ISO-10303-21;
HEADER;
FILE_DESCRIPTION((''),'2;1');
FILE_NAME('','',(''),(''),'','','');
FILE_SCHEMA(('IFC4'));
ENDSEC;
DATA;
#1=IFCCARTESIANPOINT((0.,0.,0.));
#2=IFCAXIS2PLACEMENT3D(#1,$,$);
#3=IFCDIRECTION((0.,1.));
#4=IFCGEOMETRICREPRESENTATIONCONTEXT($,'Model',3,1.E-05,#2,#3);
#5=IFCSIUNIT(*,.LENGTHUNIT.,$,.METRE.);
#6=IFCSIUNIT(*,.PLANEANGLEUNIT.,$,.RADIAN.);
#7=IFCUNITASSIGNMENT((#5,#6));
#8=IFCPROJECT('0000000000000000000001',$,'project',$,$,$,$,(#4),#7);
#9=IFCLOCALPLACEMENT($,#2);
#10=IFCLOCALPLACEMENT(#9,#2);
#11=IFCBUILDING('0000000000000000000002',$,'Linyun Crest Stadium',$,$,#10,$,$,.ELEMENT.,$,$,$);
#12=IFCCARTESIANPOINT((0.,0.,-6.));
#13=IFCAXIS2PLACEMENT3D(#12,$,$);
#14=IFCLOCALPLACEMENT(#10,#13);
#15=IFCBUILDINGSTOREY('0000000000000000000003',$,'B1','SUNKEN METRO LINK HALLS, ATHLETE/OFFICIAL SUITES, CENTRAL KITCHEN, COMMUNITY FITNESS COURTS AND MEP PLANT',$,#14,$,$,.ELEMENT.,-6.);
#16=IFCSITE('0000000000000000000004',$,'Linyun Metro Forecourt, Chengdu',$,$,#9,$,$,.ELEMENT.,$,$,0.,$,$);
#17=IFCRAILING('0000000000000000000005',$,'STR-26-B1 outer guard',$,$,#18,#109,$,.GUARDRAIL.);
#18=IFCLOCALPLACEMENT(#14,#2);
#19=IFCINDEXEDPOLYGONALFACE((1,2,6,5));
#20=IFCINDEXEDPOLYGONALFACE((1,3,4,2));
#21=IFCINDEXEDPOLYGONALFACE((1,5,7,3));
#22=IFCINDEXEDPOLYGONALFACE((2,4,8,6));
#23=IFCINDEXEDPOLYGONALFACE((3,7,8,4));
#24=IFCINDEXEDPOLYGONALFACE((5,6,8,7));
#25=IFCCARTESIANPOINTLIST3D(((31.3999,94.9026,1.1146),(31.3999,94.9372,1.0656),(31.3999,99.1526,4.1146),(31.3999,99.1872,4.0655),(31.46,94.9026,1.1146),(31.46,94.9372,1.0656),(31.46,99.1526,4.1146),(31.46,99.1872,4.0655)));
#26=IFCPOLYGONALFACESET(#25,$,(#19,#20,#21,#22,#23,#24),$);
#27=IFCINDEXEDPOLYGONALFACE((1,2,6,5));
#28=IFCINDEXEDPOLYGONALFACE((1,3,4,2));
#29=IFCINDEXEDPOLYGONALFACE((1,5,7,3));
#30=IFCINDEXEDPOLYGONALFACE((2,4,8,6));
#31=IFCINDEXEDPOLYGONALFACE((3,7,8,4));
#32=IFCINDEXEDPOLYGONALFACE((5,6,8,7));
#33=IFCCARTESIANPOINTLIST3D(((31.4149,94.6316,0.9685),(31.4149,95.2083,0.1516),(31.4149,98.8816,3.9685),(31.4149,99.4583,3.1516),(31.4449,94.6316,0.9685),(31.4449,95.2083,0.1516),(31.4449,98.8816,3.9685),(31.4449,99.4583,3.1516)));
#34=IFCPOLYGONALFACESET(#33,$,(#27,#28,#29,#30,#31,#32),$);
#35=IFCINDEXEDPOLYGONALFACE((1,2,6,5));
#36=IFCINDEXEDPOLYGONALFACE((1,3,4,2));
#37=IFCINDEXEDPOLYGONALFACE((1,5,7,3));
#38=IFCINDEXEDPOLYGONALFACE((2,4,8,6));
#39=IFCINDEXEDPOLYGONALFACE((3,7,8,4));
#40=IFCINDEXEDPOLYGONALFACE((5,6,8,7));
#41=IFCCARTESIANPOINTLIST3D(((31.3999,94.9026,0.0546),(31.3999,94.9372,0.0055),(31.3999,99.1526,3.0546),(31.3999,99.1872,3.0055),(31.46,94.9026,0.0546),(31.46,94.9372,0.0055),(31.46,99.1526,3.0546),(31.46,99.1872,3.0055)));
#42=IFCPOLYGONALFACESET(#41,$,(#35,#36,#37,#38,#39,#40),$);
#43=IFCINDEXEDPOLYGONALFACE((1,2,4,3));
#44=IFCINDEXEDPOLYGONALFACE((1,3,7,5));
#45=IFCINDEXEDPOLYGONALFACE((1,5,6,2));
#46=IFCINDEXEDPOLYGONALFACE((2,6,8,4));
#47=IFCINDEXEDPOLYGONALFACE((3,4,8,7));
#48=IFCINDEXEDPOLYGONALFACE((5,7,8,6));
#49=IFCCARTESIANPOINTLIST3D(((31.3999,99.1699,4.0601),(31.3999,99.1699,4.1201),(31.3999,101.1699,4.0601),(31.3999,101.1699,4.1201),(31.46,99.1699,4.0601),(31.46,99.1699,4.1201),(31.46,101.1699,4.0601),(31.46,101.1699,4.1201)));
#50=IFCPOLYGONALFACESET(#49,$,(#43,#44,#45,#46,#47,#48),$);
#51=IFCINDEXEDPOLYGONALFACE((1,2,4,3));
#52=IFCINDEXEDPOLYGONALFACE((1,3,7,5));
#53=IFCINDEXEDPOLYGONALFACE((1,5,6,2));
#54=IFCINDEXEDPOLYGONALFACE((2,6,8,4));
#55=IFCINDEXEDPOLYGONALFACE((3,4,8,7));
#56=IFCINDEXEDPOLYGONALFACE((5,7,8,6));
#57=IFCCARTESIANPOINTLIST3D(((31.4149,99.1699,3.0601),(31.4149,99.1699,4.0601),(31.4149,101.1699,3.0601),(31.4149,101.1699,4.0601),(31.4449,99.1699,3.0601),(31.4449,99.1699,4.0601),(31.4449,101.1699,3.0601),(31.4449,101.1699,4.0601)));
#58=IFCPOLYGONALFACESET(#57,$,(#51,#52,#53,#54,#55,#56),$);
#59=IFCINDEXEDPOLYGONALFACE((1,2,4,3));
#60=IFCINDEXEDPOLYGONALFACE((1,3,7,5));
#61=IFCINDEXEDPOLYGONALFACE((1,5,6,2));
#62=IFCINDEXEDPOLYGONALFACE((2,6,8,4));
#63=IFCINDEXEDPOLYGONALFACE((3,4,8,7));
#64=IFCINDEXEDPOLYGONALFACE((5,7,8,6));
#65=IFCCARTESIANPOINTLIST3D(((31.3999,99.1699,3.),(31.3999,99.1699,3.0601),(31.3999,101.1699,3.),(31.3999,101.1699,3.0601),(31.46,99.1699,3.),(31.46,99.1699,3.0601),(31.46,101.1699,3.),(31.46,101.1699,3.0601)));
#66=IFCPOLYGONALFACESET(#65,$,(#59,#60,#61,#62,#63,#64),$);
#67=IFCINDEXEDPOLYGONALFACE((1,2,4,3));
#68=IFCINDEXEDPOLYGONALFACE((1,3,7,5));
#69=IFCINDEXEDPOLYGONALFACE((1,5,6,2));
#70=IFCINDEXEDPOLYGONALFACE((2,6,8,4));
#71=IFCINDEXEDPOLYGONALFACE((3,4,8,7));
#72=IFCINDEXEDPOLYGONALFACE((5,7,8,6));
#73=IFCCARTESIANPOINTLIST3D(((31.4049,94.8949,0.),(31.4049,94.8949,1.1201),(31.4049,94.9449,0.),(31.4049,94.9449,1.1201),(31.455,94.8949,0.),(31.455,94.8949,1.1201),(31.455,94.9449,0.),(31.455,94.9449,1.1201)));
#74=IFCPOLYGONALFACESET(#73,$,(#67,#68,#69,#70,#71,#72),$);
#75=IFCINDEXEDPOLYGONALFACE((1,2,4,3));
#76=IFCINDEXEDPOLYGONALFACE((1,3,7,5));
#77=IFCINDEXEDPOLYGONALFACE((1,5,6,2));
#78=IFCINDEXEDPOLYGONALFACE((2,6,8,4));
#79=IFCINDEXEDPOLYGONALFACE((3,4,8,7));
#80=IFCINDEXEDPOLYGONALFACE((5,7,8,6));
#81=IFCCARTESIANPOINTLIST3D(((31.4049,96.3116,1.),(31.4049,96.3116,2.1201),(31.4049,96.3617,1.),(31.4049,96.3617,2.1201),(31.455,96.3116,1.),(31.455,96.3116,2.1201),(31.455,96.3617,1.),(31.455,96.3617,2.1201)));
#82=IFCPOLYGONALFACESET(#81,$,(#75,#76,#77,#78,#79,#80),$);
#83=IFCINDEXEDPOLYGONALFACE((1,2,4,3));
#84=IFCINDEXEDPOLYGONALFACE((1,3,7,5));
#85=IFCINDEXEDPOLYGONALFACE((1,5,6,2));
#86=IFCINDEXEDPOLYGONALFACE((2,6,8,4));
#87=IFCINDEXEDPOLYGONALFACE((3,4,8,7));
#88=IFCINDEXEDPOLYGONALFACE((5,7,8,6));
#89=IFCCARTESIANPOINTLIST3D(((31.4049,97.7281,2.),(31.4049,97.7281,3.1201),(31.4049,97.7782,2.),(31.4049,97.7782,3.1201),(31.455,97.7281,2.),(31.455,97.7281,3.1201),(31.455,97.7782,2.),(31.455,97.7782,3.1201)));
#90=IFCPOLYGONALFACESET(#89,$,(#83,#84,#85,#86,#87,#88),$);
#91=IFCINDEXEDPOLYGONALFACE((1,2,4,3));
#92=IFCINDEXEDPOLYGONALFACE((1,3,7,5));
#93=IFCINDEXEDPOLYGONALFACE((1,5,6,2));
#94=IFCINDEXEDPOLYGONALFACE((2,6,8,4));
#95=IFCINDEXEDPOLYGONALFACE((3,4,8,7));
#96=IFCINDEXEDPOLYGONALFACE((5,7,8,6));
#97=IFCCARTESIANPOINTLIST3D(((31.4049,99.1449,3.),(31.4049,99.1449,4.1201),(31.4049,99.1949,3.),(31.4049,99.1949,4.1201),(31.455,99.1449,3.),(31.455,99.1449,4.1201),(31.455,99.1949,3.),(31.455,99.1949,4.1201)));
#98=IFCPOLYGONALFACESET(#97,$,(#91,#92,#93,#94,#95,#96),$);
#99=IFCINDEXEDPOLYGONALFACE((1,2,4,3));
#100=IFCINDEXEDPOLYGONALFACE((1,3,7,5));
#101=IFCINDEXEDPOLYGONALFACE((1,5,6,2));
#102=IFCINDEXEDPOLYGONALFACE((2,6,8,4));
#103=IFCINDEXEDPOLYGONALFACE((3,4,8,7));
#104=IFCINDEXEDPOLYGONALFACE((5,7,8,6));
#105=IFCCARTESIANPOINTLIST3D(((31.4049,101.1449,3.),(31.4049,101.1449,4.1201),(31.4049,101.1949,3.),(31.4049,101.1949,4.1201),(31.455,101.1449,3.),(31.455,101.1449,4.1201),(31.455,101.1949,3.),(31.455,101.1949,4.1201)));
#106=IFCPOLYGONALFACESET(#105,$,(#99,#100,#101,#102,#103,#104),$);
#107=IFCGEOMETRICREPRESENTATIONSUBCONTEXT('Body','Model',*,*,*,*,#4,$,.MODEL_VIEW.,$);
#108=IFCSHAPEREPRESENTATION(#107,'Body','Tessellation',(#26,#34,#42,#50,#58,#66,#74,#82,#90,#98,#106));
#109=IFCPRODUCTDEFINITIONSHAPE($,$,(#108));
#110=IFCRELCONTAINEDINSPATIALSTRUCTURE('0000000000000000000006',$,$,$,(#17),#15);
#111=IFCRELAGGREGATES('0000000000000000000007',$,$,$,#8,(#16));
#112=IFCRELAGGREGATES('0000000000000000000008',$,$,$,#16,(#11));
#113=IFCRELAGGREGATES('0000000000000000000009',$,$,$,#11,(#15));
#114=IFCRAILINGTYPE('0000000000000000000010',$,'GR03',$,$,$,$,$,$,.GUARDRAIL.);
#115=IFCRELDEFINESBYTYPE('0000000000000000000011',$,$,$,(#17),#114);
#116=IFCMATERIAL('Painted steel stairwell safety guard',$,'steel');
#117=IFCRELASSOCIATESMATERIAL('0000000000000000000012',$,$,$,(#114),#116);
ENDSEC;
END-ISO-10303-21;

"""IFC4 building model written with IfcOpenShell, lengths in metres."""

from ifc_helpers import new_model, si_unit, direction, frame, origin, origin_2d, place, context, subcontext, project, spatial, rectangle, extrude, material, type_object, element, save


model = new_model("IFC4")

# Units and contexts
model_context = context("Model", 3, precision=1e-05, world=origin(), true_north=direction((0.0, 1.0)))
body_context = subcontext(model_context, "Body", "Model", "MODEL_VIEW")
ifc_project = project(units=[si_unit("LENGTHUNIT", "METRE"), si_unit("PLANEANGLEUNIT", "RADIAN")], contexts=[model_context])

# Site, building, storey
site_placement = place(None, origin())
site = spatial("IfcSite", under=ifc_project, at=site_placement, Name="Linyun Metro Forecourt, Chengdu", CompositionType="ELEMENT", RefElevation=0.0)
building_placement = place(site_placement, origin())
building = spatial("IfcBuilding", under=site, at=building_placement, Name="Linyun Crest Stadium", CompositionType="ELEMENT")
storey_placement = place(building_placement, frame((0.0, 0.0, -6.0)))
storey = spatial("IfcBuildingStorey", under=building, at=storey_placement, Name="B1", Description="SUNKEN METRO LINK HALLS, ATHLETE/OFFICIAL SUITES, CENTRAL KITCHEN, COMMUNITY FITNESS COURTS AND MEP PLANT", CompositionType="ELEMENT", Elevation=-6.0)

# Railing
ifc_material_1 = material(Name="Painted steel stairwell safety guard", Category="steel")
railing_type_1 = type_object("IfcRailingType", Name="GR03", PredefinedType="GUARDRAIL", material=ifc_material_1)
railing_1_placement = place(storey_placement, frame((31.4299, 94.9199, 0.0)))
element("IfcRailing", 1, at=railing_1_placement, inside=storey, type_object=railing_type_1, Name="STR-26-B1 outer guard", PredefinedType="GUARDRAIL", context=body_context, shape_type="SweptSolid", body=[
    extrude(rectangle(XDim=0.0601, YDim=0.0601, at=origin_2d()), frame((0.0, 0.0, 1.0901), z_axis=(0.0, 0.816968, 0.576683), x_axis=(-1.0, 0.0, 0.0)), (0.0, 0.0, 1.0), 5.2021),
    extrude(rectangle(XDim=0.03, YDim=1.0, at=origin_2d()), frame((0.0, 0.0, 0.5601), z_axis=(0.0, 0.816968, 0.576683), x_axis=(-1.0, 0.0, 0.0)), (0.0, 0.0, 1.0), 5.2021),
    extrude(rectangle(XDim=0.0601, YDim=0.0601, at=origin_2d()), frame((0.0, 0.0, 0.03), z_axis=(0.0, 0.816968, 0.576683), x_axis=(-1.0, 0.0, 0.0)), (0.0, 0.0, 1.0), 5.2021),
    extrude(rectangle(XDim=0.0601, YDim=0.0601, at=origin_2d()), frame((0.0, 4.25, 4.0901), z_axis=(0.0, 1.0, 0.0), x_axis=(-1.0, 0.0, 0.0)), (0.0, 0.0, 1.0), 2.0),
    extrude(rectangle(XDim=0.03, YDim=1.0, at=origin_2d()), frame((0.0, 4.25, 3.5601), z_axis=(0.0, 1.0, 0.0), x_axis=(-1.0, 0.0, 0.0)), (0.0, 0.0, 1.0), 2.0),
    extrude(rectangle(XDim=0.0601, YDim=0.0601, at=origin_2d()), frame((0.0, 4.25, 3.03), z_axis=(0.0, 1.0, 0.0), x_axis=(-1.0, 0.0, 0.0)), (0.0, 0.0, 1.0), 2.0),
    extrude(rectangle(XDim=0.05, YDim=0.05, at=origin_2d()), origin(), (0.0, 0.0, 1.0), 1.1201),
    extrude(rectangle(XDim=0.05, YDim=0.05, at=origin_2d()), frame((0.0, 1.4167, 1.0)), (0.0, 0.0, 1.0), 1.1201),
    extrude(rectangle(XDim=0.05, YDim=0.05, at=origin_2d()), frame((0.0, 2.8333, 2.0)), (0.0, 0.0, 1.0), 1.1201),
    extrude(rectangle(XDim=0.05, YDim=0.05, at=origin_2d()), frame((0.0, 4.25, 3.0)), (0.0, 0.0, 1.0), 1.1201),
    extrude(rectangle(XDim=0.05, YDim=0.05, at=origin_2d()), frame((0.0, 6.25, 3.0)), (0.0, 0.0, 1.0), 1.1201),
])

save(model, "model.ifc")
